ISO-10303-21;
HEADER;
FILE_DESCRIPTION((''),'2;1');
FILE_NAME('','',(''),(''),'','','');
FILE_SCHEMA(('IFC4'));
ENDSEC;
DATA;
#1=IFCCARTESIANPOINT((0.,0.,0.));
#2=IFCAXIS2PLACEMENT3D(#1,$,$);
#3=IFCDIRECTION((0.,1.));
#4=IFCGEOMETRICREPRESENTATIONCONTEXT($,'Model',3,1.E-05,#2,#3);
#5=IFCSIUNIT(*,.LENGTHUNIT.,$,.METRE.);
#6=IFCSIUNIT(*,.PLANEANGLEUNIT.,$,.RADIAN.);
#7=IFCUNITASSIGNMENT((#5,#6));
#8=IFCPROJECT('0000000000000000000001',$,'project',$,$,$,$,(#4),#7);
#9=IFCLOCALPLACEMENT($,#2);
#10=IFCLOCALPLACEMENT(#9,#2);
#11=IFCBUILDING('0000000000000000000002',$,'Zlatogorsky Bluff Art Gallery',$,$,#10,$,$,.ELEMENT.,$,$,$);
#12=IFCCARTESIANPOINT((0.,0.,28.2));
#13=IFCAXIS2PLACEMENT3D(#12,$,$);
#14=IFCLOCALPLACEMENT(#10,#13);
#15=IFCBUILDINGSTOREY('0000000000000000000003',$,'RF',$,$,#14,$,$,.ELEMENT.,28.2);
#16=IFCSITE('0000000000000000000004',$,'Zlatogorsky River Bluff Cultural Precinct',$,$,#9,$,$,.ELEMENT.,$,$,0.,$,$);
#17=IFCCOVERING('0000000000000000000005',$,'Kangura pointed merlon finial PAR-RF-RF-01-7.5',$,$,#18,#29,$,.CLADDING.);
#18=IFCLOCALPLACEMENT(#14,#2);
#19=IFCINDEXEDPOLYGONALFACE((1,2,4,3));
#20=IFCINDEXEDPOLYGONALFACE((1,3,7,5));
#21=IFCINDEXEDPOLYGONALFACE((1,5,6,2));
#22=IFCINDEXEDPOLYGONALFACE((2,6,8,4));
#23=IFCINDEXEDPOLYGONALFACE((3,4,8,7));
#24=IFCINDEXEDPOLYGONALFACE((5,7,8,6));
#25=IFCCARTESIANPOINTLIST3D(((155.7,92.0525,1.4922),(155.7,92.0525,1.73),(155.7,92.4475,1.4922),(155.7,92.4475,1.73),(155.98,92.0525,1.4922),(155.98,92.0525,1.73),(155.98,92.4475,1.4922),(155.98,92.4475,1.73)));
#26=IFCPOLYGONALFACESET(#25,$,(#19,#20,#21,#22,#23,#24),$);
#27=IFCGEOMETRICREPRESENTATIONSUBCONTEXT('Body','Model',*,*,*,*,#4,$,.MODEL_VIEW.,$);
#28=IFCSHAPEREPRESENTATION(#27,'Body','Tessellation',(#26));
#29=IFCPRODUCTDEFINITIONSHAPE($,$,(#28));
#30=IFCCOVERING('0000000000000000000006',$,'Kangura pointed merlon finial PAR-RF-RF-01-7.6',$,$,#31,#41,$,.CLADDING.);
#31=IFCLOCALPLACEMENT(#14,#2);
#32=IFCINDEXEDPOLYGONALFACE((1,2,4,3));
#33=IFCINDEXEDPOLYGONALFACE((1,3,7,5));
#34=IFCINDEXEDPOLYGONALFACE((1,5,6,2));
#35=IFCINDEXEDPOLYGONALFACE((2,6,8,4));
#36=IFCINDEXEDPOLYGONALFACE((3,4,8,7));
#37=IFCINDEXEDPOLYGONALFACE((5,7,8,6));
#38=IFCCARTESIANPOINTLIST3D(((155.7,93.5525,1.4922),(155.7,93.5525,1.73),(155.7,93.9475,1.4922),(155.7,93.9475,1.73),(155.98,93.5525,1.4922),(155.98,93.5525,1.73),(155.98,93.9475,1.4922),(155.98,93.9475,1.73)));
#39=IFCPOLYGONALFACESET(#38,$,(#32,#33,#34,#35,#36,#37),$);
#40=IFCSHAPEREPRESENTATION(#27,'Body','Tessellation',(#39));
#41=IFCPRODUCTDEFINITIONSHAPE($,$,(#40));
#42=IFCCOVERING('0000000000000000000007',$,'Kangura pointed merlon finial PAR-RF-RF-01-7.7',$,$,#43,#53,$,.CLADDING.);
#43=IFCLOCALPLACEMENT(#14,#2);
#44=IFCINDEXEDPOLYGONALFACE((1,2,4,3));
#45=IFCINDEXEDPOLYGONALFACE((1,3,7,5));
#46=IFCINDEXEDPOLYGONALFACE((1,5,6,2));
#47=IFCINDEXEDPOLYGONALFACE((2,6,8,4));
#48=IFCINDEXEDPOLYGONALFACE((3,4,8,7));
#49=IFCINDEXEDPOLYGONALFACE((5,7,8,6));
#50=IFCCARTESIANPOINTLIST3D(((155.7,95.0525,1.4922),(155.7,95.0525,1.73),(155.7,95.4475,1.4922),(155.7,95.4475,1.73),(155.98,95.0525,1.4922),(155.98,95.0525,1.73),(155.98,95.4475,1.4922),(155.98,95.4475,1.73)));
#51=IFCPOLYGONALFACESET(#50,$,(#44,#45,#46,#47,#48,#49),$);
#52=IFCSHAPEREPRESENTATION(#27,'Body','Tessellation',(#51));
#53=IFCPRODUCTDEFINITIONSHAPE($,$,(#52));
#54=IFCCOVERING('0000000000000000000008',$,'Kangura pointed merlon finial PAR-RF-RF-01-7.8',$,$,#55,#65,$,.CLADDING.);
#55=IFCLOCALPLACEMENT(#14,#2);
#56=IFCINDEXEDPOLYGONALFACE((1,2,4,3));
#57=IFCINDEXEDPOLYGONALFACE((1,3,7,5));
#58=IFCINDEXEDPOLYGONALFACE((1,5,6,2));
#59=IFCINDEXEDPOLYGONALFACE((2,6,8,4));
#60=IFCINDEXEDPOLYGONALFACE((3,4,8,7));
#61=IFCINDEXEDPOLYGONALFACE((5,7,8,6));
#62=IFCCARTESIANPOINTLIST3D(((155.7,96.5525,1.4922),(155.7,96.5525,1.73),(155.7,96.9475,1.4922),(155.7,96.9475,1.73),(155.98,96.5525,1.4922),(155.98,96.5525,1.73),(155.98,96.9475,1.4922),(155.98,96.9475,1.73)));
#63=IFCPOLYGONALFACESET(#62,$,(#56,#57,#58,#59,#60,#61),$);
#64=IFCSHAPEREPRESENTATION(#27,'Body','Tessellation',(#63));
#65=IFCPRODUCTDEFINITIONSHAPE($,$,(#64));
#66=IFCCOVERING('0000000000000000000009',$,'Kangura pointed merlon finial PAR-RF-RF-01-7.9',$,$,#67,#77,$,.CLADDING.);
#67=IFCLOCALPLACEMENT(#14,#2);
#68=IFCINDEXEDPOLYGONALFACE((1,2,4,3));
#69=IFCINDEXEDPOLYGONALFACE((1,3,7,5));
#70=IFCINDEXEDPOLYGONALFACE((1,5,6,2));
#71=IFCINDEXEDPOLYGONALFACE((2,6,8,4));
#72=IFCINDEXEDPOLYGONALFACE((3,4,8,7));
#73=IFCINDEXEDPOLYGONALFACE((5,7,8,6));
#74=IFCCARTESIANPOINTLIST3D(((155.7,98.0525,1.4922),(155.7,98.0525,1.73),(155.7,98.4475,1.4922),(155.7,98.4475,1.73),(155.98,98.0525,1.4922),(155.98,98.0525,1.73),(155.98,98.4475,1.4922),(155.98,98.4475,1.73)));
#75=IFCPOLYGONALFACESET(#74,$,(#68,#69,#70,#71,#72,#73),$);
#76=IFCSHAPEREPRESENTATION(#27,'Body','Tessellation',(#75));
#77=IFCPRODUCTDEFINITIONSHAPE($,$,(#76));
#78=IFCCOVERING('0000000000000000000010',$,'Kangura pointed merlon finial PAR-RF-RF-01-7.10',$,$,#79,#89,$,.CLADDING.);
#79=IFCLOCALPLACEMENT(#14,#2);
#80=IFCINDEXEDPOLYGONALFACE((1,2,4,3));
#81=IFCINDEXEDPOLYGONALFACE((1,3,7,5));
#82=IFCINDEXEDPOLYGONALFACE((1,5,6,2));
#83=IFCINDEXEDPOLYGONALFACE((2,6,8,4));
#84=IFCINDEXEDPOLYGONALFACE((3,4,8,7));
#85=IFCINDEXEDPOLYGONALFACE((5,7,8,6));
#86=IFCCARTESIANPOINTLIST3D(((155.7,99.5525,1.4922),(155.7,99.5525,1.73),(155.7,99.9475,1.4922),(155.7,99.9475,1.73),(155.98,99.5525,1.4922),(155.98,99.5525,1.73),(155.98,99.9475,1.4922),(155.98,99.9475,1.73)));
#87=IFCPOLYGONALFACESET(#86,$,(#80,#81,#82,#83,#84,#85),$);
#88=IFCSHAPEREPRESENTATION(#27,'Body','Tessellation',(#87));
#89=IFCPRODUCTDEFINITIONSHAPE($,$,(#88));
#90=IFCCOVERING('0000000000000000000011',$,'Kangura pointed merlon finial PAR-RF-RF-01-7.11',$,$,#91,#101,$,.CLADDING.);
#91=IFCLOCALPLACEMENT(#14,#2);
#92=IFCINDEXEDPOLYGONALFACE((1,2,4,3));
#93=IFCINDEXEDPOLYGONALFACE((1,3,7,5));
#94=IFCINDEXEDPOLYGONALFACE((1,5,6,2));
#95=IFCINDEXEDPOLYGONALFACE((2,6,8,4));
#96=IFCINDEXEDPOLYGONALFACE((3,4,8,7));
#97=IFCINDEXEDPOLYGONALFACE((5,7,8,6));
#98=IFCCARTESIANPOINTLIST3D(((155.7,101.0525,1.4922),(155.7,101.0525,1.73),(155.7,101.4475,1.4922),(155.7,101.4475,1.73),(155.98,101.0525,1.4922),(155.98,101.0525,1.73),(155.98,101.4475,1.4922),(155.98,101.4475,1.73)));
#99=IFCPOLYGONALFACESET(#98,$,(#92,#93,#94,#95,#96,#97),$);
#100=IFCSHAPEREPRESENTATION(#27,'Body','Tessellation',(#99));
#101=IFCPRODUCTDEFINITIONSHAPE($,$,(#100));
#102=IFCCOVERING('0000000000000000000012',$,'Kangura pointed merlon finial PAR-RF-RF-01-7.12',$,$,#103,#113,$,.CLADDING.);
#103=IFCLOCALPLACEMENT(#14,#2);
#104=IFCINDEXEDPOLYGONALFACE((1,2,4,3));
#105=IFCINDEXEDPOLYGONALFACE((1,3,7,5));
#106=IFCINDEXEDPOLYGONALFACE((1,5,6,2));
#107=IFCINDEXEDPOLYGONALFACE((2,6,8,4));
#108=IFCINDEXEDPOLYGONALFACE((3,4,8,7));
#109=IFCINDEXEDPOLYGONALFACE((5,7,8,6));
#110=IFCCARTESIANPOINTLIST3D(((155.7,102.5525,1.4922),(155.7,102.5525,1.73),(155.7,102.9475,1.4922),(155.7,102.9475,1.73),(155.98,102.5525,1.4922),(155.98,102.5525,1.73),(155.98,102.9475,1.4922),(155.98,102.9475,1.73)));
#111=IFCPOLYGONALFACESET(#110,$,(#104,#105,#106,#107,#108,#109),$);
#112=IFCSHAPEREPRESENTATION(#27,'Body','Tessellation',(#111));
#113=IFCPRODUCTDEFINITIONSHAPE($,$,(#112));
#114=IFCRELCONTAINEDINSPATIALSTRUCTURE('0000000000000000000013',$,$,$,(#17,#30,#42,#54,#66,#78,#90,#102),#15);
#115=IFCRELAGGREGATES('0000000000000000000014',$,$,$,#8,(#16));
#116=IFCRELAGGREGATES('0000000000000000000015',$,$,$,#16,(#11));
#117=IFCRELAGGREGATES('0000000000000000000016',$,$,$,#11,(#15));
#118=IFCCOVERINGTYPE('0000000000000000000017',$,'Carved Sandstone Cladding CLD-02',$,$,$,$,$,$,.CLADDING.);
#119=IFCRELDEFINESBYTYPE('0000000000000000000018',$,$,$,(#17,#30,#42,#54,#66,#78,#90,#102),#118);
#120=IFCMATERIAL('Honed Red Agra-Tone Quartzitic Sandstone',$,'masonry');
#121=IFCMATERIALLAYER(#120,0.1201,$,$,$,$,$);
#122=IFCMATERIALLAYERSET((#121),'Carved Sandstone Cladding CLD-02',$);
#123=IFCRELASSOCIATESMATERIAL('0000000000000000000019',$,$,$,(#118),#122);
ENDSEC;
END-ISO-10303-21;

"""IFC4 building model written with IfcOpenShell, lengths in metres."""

from ifc_helpers import new_model, si_unit, direction, frame, origin, place, context, subcontext, project, spatial, polyline, outline, extrude, material, layer, layer_set, type_object, element, save


model = new_model("IFC4")

# Units and contexts
model_context = context("Model", 3, precision=1e-05, world=origin(), true_north=direction((0.0, 1.0)))
body_context = subcontext(model_context, "Body", "Model", "MODEL_VIEW")
ifc_project = project(units=[si_unit("LENGTHUNIT", "METRE"), si_unit("PLANEANGLEUNIT", "RADIAN")], contexts=[model_context])

# Site, building, storey
site_placement = place(None, origin())
site = spatial("IfcSite", under=ifc_project, at=site_placement, Name="Zlatogorsky River Bluff Cultural Precinct", CompositionType="ELEMENT", RefElevation=0.0)
building_placement = place(site_placement, origin())
building = spatial("IfcBuilding", under=site, at=building_placement, Name="Zlatogorsky Bluff Art Gallery", CompositionType="ELEMENT")
storey_placement = place(building_placement, frame((0.0, 0.0, 28.2)))
storey = spatial("IfcBuildingStorey", under=building, at=storey_placement, Name="RF", CompositionType="ELEMENT", Elevation=28.2)

# Coverings
ifc_material = material(Name="Honed Red Agra-Tone Quartzitic Sandstone", Category="masonry")
ifc_layer = layer(ifc_material, 0.1201)
ifc_layer_set = layer_set([ifc_layer], Name="Carved Sandstone Cladding CLD-02")
covering_type = type_object("IfcCoveringType", Name="Carved Sandstone Cladding CLD-02", PredefinedType="CLADDING", material=ifc_layer_set)
covering_1_placement = place(storey_placement, frame((0.0, 0.0, 1.4922)))
element("IfcCovering", 1, at=covering_1_placement, inside=storey, type_object=covering_type, Name="Kangura pointed merlon finial PAR-RF-RF-01-7.5", PredefinedType="CLADDING", context=body_context, shape_type="SweptSolid", body=[
    extrude(outline(polyline([(155.7, 92.0525), (155.7, 92.4475), (155.98, 92.4475), (155.98, 92.0525), (155.7, 92.0525)])), origin(), (0.0, 0.0, 1.0), 0.2378),
])
covering_2_placement = place(storey_placement, frame((0.0, 0.0, 1.4922)))
element("IfcCovering", 2, at=covering_2_placement, inside=storey, type_object=covering_type, Name="Kangura pointed merlon finial PAR-RF-RF-01-7.6", PredefinedType="CLADDING", context=body_context, shape_type="SweptSolid", body=[
    extrude(outline(polyline([(155.7, 93.5525), (155.7, 93.9475), (155.98, 93.9475), (155.98, 93.5525), (155.7, 93.5525)])), origin(), (0.0, 0.0, 1.0), 0.2378),
])
covering_3_placement = place(storey_placement, frame((0.0, 0.0, 1.4922)))
element("IfcCovering", 3, at=covering_3_placement, inside=storey, type_object=covering_type, Name="Kangura pointed merlon finial PAR-RF-RF-01-7.7", PredefinedType="CLADDING", context=body_context, shape_type="SweptSolid", body=[
    extrude(outline(polyline([(155.7, 95.0525), (155.7, 95.4475), (155.98, 95.4475), (155.98, 95.0525), (155.7, 95.0525)])), origin(), (0.0, 0.0, 1.0), 0.2378),
])
covering_4_placement = place(storey_placement, frame((0.0, 0.0, 1.4922)))
element("IfcCovering", 4, at=covering_4_placement, inside=storey, type_object=covering_type, Name="Kangura pointed merlon finial PAR-RF-RF-01-7.8", PredefinedType="CLADDING", context=body_context, shape_type="SweptSolid", body=[
    extrude(outline(polyline([(155.7, 96.5525), (155.7, 96.9475), (155.98, 96.9475), (155.98, 96.5525), (155.7, 96.5525)])), origin(), (0.0, 0.0, 1.0), 0.2378),
])
covering_5_placement = place(storey_placement, frame((0.0, 0.0, 1.4922)))
element("IfcCovering", 5, at=covering_5_placement, inside=storey, type_object=covering_type, Name="Kangura pointed merlon finial PAR-RF-RF-01-7.9", PredefinedType="CLADDING", context=body_context, shape_type="SweptSolid", body=[
    extrude(outline(polyline([(155.7, 98.0525), (155.7, 98.4475), (155.98, 98.4475), (155.98, 98.0525), (155.7, 98.0525)])), origin(), (0.0, 0.0, 1.0), 0.2378),
])
covering_6_placement = place(storey_placement, frame((0.0, 0.0, 1.4922)))
element("IfcCovering", 6, at=covering_6_placement, inside=storey, type_object=covering_type, Name="Kangura pointed merlon finial PAR-RF-RF-01-7.10", PredefinedType="CLADDING", context=body_context, shape_type="SweptSolid", body=[
    extrude(outline(polyline([(155.7, 99.5525), (155.7, 99.9475), (155.98, 99.9475), (155.98, 99.5525), (155.7, 99.5525)])), origin(), (0.0, 0.0, 1.0), 0.2378),
])
covering_7_placement = place(storey_placement, frame((0.0, 0.0, 1.4922)))
element("IfcCovering", 7, at=covering_7_placement, inside=storey, type_object=covering_type, Name="Kangura pointed merlon finial PAR-RF-RF-01-7.11", PredefinedType="CLADDING", context=body_context, shape_type="SweptSolid", body=[
    extrude(outline(polyline([(155.7, 101.0525), (155.7, 101.4475), (155.98, 101.4475), (155.98, 101.0525), (155.7, 101.0525)])), origin(), (0.0, 0.0, 1.0), 0.2378),
])
covering_8_placement = place(storey_placement, frame((0.0, 0.0, 1.4922)))
element("IfcCovering", 8, at=covering_8_placement, inside=storey, type_object=covering_type, Name="Kangura pointed merlon finial PAR-RF-RF-01-7.12", PredefinedType="CLADDING", context=body_context, shape_type="SweptSolid", body=[
    extrude(outline(polyline([(155.7, 102.5525), (155.7, 102.9475), (155.98, 102.9475), (155.98, 102.5525), (155.7, 102.5525)])), origin(), (0.0, 0.0, 1.0), 0.2378),
])

save(model, "model.ifc")
